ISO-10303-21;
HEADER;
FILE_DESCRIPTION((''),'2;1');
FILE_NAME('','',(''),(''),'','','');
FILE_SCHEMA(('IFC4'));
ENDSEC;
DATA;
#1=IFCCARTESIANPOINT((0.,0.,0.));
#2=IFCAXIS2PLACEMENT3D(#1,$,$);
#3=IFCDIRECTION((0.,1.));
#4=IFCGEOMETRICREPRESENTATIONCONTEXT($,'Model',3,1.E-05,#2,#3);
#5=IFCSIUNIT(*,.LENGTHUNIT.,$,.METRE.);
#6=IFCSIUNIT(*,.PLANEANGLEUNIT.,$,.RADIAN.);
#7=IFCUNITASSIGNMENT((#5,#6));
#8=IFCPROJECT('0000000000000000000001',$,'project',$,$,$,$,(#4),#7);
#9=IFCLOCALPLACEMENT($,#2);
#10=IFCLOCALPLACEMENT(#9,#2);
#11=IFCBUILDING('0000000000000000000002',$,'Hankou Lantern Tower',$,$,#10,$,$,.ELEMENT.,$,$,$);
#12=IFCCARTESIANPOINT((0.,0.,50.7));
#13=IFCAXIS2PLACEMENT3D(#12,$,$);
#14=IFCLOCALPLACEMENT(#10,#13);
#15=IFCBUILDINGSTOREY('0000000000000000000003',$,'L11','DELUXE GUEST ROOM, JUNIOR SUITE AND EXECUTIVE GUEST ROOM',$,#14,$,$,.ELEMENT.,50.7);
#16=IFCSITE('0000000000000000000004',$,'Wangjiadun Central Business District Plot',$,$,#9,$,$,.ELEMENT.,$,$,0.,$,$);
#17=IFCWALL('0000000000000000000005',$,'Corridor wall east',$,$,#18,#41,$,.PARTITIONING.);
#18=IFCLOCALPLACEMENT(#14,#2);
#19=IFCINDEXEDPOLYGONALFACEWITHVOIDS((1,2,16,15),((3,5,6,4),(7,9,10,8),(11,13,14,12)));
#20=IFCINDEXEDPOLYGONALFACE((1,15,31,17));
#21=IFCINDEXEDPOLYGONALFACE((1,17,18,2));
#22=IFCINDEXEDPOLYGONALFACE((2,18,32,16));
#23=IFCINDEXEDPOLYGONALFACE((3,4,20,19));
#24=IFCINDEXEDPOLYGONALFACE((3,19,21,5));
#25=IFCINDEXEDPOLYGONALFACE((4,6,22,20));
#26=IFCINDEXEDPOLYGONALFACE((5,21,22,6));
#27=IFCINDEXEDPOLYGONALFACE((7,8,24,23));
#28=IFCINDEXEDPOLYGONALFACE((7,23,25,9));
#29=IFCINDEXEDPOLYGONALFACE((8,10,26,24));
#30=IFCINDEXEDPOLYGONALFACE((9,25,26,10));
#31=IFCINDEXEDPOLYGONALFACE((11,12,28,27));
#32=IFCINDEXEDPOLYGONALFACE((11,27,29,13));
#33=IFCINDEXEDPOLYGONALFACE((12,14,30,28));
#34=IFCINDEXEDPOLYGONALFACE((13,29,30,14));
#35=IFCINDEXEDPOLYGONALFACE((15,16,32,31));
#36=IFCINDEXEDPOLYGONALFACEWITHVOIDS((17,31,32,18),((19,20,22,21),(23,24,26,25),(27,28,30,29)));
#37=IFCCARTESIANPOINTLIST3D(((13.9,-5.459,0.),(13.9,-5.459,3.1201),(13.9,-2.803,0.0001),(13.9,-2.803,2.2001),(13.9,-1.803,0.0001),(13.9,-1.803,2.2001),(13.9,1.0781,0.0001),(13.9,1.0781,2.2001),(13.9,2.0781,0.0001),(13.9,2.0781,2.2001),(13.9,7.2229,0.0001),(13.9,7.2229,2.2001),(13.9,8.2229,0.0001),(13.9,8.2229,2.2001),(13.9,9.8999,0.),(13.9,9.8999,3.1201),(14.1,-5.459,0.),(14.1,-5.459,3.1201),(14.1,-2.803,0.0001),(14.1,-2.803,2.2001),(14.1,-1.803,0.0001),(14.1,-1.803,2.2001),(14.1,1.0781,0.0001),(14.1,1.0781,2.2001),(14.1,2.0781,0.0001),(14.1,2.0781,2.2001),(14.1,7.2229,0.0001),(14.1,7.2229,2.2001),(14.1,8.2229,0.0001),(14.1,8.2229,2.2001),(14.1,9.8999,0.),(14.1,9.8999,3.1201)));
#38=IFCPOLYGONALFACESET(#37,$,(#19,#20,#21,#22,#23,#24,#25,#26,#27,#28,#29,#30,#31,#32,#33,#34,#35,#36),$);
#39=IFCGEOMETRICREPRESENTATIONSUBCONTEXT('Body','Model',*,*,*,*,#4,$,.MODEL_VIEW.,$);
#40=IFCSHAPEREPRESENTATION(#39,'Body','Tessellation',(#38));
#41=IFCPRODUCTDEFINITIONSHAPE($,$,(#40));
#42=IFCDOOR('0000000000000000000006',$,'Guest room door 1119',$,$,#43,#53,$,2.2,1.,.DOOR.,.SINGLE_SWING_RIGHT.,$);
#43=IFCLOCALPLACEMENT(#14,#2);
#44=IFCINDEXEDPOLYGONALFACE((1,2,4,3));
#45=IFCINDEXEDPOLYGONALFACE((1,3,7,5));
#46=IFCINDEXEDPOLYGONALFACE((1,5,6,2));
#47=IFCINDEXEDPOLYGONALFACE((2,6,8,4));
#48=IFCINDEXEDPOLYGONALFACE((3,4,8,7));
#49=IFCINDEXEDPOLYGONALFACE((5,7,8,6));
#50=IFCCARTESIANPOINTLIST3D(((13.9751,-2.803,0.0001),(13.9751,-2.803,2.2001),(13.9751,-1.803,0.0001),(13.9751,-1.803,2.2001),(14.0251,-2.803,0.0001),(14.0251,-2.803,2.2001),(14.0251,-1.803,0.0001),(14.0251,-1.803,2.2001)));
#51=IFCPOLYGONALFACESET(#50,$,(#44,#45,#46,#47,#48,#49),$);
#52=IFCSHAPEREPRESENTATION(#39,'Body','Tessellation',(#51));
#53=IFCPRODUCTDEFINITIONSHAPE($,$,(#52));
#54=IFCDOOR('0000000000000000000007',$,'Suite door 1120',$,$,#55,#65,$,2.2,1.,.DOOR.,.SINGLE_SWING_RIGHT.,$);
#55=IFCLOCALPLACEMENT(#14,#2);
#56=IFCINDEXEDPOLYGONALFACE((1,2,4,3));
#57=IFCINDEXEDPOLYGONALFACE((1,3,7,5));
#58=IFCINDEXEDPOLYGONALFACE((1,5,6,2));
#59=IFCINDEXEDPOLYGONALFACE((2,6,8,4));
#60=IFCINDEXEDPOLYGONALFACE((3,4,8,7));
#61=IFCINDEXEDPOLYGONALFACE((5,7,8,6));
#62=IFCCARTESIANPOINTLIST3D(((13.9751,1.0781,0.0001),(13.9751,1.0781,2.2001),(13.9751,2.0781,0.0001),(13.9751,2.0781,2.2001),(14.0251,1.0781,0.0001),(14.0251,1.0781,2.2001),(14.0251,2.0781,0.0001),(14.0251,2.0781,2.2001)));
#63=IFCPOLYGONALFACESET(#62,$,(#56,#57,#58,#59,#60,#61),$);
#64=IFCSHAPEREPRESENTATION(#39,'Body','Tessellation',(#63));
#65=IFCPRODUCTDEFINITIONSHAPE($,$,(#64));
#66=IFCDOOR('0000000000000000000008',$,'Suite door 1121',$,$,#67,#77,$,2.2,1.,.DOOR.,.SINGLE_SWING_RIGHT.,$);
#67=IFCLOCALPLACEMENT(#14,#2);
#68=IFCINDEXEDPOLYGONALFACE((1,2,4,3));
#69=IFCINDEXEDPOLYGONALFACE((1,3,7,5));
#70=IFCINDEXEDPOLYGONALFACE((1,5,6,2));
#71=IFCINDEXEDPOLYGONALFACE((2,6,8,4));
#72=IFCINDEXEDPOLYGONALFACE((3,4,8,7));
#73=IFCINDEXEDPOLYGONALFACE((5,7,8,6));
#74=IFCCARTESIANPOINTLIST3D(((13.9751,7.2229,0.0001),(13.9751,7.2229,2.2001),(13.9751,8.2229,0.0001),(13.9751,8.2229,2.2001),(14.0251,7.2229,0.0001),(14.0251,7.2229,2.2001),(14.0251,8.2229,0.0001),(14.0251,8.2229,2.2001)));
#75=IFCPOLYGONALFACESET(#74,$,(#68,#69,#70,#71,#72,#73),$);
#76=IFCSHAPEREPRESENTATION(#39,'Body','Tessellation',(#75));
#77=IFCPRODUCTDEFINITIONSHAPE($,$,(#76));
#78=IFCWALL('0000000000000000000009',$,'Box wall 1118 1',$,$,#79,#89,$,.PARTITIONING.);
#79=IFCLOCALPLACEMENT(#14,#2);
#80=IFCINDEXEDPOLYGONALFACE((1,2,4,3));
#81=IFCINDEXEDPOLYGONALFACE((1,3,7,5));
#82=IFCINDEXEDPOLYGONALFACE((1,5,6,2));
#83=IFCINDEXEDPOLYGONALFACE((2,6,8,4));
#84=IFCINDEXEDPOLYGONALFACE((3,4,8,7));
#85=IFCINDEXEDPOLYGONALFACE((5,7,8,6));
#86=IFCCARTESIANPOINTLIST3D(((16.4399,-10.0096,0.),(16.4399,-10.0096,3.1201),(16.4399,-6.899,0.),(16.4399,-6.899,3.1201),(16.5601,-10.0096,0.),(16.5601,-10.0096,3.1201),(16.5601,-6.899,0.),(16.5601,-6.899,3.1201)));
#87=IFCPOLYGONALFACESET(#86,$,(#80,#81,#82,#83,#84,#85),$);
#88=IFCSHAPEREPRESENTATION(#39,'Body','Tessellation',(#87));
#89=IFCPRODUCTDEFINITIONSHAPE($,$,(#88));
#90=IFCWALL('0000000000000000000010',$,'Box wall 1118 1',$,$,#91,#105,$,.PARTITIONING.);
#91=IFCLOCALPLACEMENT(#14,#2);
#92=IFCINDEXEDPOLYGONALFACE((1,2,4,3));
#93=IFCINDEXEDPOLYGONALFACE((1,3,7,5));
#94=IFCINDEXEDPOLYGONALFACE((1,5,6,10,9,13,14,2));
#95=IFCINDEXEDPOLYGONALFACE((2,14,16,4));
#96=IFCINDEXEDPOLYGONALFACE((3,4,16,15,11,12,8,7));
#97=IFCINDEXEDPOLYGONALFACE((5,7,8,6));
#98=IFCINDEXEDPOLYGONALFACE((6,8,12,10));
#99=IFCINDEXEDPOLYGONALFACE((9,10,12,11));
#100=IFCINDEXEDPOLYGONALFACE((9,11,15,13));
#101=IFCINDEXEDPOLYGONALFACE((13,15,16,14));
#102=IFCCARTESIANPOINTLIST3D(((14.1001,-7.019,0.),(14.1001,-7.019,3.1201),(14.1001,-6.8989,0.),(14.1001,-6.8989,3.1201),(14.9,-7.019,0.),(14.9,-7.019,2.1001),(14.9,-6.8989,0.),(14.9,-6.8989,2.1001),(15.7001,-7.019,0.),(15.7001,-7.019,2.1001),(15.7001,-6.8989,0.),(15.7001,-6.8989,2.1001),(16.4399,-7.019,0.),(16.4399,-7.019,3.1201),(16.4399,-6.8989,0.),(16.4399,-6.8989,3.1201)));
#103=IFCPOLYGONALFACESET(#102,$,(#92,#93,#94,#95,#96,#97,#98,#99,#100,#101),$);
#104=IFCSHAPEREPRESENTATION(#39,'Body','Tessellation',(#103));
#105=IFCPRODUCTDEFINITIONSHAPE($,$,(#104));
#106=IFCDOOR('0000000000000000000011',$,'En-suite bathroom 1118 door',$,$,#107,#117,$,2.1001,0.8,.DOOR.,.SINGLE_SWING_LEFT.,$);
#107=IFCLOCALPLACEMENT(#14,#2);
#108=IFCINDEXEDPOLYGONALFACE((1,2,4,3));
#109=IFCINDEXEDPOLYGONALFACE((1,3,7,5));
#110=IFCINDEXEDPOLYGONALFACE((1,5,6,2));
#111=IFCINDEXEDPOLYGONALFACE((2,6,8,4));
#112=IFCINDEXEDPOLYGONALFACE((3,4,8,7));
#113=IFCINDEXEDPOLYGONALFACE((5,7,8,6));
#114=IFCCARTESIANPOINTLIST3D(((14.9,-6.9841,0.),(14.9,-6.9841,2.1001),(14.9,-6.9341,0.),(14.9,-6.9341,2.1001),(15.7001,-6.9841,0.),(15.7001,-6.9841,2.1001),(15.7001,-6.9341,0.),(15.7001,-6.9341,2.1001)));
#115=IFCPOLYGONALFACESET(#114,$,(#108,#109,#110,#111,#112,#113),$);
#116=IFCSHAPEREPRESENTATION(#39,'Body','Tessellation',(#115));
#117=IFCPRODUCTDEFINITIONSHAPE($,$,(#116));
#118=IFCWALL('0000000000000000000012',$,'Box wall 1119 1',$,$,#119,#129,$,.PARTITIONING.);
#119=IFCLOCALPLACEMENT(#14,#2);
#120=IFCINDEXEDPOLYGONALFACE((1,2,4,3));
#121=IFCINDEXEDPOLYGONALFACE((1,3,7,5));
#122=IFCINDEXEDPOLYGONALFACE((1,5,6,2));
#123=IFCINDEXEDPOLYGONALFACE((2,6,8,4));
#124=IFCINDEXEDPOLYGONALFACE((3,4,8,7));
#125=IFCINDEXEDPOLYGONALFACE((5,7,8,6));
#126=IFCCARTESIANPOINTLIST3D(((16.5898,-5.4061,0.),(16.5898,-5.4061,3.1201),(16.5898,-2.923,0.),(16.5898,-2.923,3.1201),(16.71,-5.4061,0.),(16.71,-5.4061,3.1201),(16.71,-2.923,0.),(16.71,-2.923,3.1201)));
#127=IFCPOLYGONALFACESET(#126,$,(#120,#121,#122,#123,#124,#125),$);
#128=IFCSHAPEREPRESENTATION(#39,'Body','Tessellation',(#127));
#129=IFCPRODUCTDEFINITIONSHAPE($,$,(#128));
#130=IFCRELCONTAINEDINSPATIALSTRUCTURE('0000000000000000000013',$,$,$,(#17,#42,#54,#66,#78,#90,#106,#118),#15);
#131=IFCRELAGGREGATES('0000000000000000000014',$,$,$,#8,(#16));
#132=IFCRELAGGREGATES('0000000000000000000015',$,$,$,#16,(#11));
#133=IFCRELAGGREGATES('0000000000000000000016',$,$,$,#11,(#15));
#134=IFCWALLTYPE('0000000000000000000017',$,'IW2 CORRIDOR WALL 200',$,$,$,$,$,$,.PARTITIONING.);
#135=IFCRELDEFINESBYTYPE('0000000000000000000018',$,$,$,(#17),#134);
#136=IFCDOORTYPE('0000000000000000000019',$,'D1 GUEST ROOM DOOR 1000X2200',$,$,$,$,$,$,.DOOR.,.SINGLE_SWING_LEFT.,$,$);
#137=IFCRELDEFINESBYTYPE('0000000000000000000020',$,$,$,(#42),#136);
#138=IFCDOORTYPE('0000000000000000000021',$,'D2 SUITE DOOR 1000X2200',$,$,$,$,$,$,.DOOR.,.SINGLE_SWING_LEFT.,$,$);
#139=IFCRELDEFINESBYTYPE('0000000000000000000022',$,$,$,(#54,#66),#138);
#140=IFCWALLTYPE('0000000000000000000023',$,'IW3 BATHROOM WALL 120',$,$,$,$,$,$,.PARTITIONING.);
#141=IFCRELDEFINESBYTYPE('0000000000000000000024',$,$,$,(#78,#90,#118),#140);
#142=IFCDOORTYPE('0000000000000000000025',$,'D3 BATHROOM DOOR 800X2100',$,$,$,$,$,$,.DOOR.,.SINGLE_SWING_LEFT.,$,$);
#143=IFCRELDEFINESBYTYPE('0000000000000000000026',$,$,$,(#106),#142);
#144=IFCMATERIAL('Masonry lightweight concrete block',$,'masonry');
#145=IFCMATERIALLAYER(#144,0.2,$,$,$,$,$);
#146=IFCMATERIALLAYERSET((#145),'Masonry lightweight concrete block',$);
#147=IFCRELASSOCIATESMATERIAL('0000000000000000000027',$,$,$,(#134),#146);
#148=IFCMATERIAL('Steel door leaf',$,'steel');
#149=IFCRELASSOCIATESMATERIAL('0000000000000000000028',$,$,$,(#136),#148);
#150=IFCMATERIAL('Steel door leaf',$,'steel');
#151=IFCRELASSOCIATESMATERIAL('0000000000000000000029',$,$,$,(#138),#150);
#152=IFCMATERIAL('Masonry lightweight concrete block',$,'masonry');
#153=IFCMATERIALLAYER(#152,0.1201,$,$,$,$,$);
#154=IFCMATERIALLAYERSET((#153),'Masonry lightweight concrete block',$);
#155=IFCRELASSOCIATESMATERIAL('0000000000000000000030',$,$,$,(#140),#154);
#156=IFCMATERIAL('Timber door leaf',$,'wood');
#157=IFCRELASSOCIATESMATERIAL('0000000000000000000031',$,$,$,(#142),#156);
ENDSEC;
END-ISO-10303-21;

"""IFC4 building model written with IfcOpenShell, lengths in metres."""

from ifc_helpers import new_model, si_unit, direction, frame, frame_2d, origin, place, context, subcontext, project, spatial, rectangle, extrude, material, layer, layer_set, type_object, element, fill, save


model = new_model("IFC4")

# Units and contexts
model_context = context("Model", 3, precision=1e-05, world=origin(), true_north=direction((0.0, 1.0)))
body_context = subcontext(model_context, "Body", "Model", "MODEL_VIEW")
ifc_project = project(units=[si_unit("LENGTHUNIT", "METRE"), si_unit("PLANEANGLEUNIT", "RADIAN")], contexts=[model_context])

# Site, building, storey
site_placement = place(None, origin())
site = spatial("IfcSite", under=ifc_project, at=site_placement, Name="Wangjiadun Central Business District Plot", CompositionType="ELEMENT", RefElevation=0.0)
building_placement = place(site_placement, origin())
building = spatial("IfcBuilding", under=site, at=building_placement, Name="Hankou Lantern Tower", CompositionType="ELEMENT")
storey_placement = place(building_placement, frame((0.0, 0.0, 50.7)))
storey = spatial("IfcBuildingStorey", under=building, at=storey_placement, Name="L11", Description="DELUXE GUEST ROOM, JUNIOR SUITE AND EXECUTIVE GUEST ROOM", CompositionType="ELEMENT", Elevation=50.7)

# Shared definitions
ifc_material_1 = material(Name="Masonry lightweight concrete block", Category="masonry")
ifc_layer_1 = layer(ifc_material_1, 0.2)
ifc_layer_set_1 = layer_set([ifc_layer_1], Name="Masonry lightweight concrete block")
wall_type_1 = type_object("IfcWallType", Name="IW2 CORRIDOR WALL 200", PredefinedType="PARTITIONING", material=ifc_layer_set_1)
ifc_material_2 = material(Name="Steel door leaf", Category="steel")
door_type_1 = type_object("IfcDoorType", Name="D1 GUEST ROOM DOOR 1000X2200", OperationType="SINGLE_SWING_LEFT", PredefinedType="DOOR", material=ifc_material_2)

# Wall, openings, doors
wall_1_placement = place(storey_placement, frame((14.0, -5.459, 0.0), z_axis=(0.0, 0.0, 1.0), x_axis=(0.0, 1.0, 0.0)))
wall_1 = element("IfcWall", 1, at=wall_1_placement, inside=storey, type_object=wall_type_1, Name="Corridor wall east", PredefinedType="PARTITIONING", context=body_context, shape_type="SweptSolid", body=[
    extrude(rectangle(XDim=15.3589, YDim=0.2, at=frame_2d((7.6794, 0.0))), origin(), (0.0, 0.0, 1.0), 3.1201),
])
opening_1_placement = place(wall_1_placement, frame((2.656, 0.0, 0.0)))
opening_1 = element("IfcOpeningElement", 2, at=opening_1_placement, cuts=wall_1, PredefinedType="OPENING", context=body_context, shape_type="SweptSolid", body=[
    extrude(rectangle(XDim=1.0, YDim=2.2, at=frame_2d((0.5, 1.1001))), frame((0.0, 0.1099, 0.0), z_axis=(0.0, -1.0, 0.0), x_axis=(1.0, 0.0, 0.0)), (0.0, 0.0, 1.0), 0.22),
])
opening_2_placement = place(wall_1_placement, frame((6.5371, 0.0, 0.0)))
opening_2 = element("IfcOpeningElement", 3, at=opening_2_placement, cuts=wall_1, PredefinedType="OPENING", context=body_context, shape_type="SweptSolid", body=[
    extrude(rectangle(XDim=1.0, YDim=2.2, at=frame_2d((0.5, 1.1001))), frame((0.0, 0.1099, 0.0), z_axis=(0.0, -1.0, 0.0), x_axis=(1.0, 0.0, 0.0)), (0.0, 0.0, 1.0), 0.22),
])
opening_3_placement = place(wall_1_placement, frame((12.6819, 0.0, 0.0)))
opening_3 = element("IfcOpeningElement", 4, at=opening_3_placement, cuts=wall_1, PredefinedType="OPENING", context=body_context, shape_type="SweptSolid", body=[
    extrude(rectangle(XDim=1.0, YDim=2.2, at=frame_2d((0.5, 1.1001))), frame((0.0, 0.1099, 0.0), z_axis=(0.0, -1.0, 0.0), x_axis=(1.0, 0.0, 0.0)), (0.0, 0.0, 1.0), 0.22),
])
door_1_placement = place(opening_1_placement, origin())
door_1 = element("IfcDoor", 5, at=door_1_placement, inside=storey, type_object=door_type_1, Name="Guest room door 1119", OperationType="SINGLE_SWING_RIGHT", OverallHeight=2.2, OverallWidth=1.0, PredefinedType="DOOR", context=body_context, shape_type="SweptSolid", body=[
    extrude(rectangle(XDim=1.0, YDim=2.2, at=frame_2d((0.5, 1.1001))), frame((0.0, 0.0249, 0.0), z_axis=(0.0, -1.0, 0.0), x_axis=(1.0, 0.0, 0.0)), (0.0, 0.0, 1.0), 0.05),
])
fill(opening_1, door_1)
ifc_material_3 = material(Name="Steel door leaf", Category="steel")
door_type_2 = type_object("IfcDoorType", Name="D2 SUITE DOOR 1000X2200", OperationType="SINGLE_SWING_LEFT", PredefinedType="DOOR", material=ifc_material_3)
door_2_placement = place(opening_2_placement, origin())
door_2 = element("IfcDoor", 6, at=door_2_placement, inside=storey, type_object=door_type_2, Name="Suite door 1120", OperationType="SINGLE_SWING_RIGHT", OverallHeight=2.2, OverallWidth=1.0, PredefinedType="DOOR", context=body_context, shape_type="SweptSolid", body=[
    extrude(rectangle(XDim=1.0, YDim=2.2, at=frame_2d((0.5, 1.1001))), frame((0.0, 0.0249, 0.0), z_axis=(0.0, -1.0, 0.0), x_axis=(1.0, 0.0, 0.0)), (0.0, 0.0, 1.0), 0.05),
])
fill(opening_2, door_2)
door_3_placement = place(opening_3_placement, origin())
door_3 = element("IfcDoor", 7, at=door_3_placement, inside=storey, type_object=door_type_2, Name="Suite door 1121", OperationType="SINGLE_SWING_RIGHT", OverallHeight=2.2, OverallWidth=1.0, PredefinedType="DOOR", context=body_context, shape_type="SweptSolid", body=[
    extrude(rectangle(XDim=1.0, YDim=2.2, at=frame_2d((0.5, 1.1001))), frame((0.0, 0.0249, 0.0), z_axis=(0.0, -1.0, 0.0), x_axis=(1.0, 0.0, 0.0)), (0.0, 0.0, 1.0), 0.05),
])
fill(opening_3, door_3)

# Wall
ifc_material_4 = material(Name="Masonry lightweight concrete block", Category="masonry")
ifc_layer_2 = layer(ifc_material_4, 0.1201)
ifc_layer_set_2 = layer_set([ifc_layer_2], Name="Masonry lightweight concrete block")
wall_type_2 = type_object("IfcWallType", Name="IW3 BATHROOM WALL 120", PredefinedType="PARTITIONING", material=ifc_layer_set_2)
wall_2_placement = place(storey_placement, frame((16.5, -10.0095, 0.0), z_axis=(0.0, 0.0, 1.0), x_axis=(0.0, 1.0, 0.0)))
element("IfcWall", 8, at=wall_2_placement, inside=storey, type_object=wall_type_2, Name="Box wall 1118 1", PredefinedType="PARTITIONING", context=body_context, shape_type="SweptSolid", body=[
    extrude(rectangle(XDim=3.1106, YDim=0.1201, at=frame_2d((1.5552, 0.0))), origin(), (0.0, 0.0, 1.0), 3.1201),
])

# Wall, opening, door
wall_3_placement = place(storey_placement, frame((14.1001, -6.959, 0.0), z_axis=(0.0, 0.0, 1.0), x_axis=(1.0, 0.0, 0.0)))
wall_3 = element("IfcWall", 9, at=wall_3_placement, inside=storey, type_object=wall_type_2, Name="Box wall 1118 1", PredefinedType="PARTITIONING", context=body_context, shape_type="SweptSolid", body=[
    extrude(rectangle(XDim=2.3398, YDim=0.1201, at=frame_2d((1.1699, 0.0))), origin(), (0.0, 0.0, 1.0), 3.1201),
])
opening_4_placement = place(wall_3_placement, frame((0.8, 0.0, 0.0)))
opening_4 = element("IfcOpeningElement", 10, at=opening_4_placement, cuts=wall_3, PredefinedType="OPENING", context=body_context, shape_type="SweptSolid", body=[
    extrude(rectangle(XDim=0.8, YDim=2.1001, at=frame_2d((0.3999, 1.05))), frame((0.0, 0.0701, 0.0), z_axis=(0.0, -1.0, 0.0), x_axis=(1.0, 0.0, 0.0)), (0.0, 0.0, 1.0), 0.1401),
])
ifc_material_5 = material(Name="Timber door leaf", Category="wood")
door_type_3 = type_object("IfcDoorType", Name="D3 BATHROOM DOOR 800X2100", OperationType="SINGLE_SWING_LEFT", PredefinedType="DOOR", material=ifc_material_5)
door_4_placement = place(opening_4_placement, origin())
door_4 = element("IfcDoor", 11, at=door_4_placement, inside=storey, type_object=door_type_3, Name="En-suite bathroom 1118 door", OperationType="SINGLE_SWING_LEFT", OverallHeight=2.1001, OverallWidth=0.8, PredefinedType="DOOR", context=body_context, shape_type="SweptSolid", body=[
    extrude(rectangle(XDim=0.8, YDim=2.1001, at=frame_2d((0.3999, 1.05))), frame((0.0, 0.0249, 0.0), z_axis=(0.0, -1.0, 0.0), x_axis=(1.0, 0.0, 0.0)), (0.0, 0.0, 1.0), 0.05),
])
fill(opening_4, door_4)

# Wall
wall_4_placement = place(storey_placement, frame((16.6499, -5.4062, 0.0), z_axis=(0.0, 0.0, 1.0), x_axis=(0.0, 1.0, 0.0)))
element("IfcWall", 12, at=wall_4_placement, inside=storey, type_object=wall_type_2, Name="Box wall 1119 1", PredefinedType="PARTITIONING", context=body_context, shape_type="SweptSolid", body=[
    extrude(rectangle(XDim=2.4832, YDim=0.1201, at=frame_2d((1.2417, 0.0))), origin(), (0.0, 0.0, 1.0), 3.1201),
])

save(model, "model.ifc")
